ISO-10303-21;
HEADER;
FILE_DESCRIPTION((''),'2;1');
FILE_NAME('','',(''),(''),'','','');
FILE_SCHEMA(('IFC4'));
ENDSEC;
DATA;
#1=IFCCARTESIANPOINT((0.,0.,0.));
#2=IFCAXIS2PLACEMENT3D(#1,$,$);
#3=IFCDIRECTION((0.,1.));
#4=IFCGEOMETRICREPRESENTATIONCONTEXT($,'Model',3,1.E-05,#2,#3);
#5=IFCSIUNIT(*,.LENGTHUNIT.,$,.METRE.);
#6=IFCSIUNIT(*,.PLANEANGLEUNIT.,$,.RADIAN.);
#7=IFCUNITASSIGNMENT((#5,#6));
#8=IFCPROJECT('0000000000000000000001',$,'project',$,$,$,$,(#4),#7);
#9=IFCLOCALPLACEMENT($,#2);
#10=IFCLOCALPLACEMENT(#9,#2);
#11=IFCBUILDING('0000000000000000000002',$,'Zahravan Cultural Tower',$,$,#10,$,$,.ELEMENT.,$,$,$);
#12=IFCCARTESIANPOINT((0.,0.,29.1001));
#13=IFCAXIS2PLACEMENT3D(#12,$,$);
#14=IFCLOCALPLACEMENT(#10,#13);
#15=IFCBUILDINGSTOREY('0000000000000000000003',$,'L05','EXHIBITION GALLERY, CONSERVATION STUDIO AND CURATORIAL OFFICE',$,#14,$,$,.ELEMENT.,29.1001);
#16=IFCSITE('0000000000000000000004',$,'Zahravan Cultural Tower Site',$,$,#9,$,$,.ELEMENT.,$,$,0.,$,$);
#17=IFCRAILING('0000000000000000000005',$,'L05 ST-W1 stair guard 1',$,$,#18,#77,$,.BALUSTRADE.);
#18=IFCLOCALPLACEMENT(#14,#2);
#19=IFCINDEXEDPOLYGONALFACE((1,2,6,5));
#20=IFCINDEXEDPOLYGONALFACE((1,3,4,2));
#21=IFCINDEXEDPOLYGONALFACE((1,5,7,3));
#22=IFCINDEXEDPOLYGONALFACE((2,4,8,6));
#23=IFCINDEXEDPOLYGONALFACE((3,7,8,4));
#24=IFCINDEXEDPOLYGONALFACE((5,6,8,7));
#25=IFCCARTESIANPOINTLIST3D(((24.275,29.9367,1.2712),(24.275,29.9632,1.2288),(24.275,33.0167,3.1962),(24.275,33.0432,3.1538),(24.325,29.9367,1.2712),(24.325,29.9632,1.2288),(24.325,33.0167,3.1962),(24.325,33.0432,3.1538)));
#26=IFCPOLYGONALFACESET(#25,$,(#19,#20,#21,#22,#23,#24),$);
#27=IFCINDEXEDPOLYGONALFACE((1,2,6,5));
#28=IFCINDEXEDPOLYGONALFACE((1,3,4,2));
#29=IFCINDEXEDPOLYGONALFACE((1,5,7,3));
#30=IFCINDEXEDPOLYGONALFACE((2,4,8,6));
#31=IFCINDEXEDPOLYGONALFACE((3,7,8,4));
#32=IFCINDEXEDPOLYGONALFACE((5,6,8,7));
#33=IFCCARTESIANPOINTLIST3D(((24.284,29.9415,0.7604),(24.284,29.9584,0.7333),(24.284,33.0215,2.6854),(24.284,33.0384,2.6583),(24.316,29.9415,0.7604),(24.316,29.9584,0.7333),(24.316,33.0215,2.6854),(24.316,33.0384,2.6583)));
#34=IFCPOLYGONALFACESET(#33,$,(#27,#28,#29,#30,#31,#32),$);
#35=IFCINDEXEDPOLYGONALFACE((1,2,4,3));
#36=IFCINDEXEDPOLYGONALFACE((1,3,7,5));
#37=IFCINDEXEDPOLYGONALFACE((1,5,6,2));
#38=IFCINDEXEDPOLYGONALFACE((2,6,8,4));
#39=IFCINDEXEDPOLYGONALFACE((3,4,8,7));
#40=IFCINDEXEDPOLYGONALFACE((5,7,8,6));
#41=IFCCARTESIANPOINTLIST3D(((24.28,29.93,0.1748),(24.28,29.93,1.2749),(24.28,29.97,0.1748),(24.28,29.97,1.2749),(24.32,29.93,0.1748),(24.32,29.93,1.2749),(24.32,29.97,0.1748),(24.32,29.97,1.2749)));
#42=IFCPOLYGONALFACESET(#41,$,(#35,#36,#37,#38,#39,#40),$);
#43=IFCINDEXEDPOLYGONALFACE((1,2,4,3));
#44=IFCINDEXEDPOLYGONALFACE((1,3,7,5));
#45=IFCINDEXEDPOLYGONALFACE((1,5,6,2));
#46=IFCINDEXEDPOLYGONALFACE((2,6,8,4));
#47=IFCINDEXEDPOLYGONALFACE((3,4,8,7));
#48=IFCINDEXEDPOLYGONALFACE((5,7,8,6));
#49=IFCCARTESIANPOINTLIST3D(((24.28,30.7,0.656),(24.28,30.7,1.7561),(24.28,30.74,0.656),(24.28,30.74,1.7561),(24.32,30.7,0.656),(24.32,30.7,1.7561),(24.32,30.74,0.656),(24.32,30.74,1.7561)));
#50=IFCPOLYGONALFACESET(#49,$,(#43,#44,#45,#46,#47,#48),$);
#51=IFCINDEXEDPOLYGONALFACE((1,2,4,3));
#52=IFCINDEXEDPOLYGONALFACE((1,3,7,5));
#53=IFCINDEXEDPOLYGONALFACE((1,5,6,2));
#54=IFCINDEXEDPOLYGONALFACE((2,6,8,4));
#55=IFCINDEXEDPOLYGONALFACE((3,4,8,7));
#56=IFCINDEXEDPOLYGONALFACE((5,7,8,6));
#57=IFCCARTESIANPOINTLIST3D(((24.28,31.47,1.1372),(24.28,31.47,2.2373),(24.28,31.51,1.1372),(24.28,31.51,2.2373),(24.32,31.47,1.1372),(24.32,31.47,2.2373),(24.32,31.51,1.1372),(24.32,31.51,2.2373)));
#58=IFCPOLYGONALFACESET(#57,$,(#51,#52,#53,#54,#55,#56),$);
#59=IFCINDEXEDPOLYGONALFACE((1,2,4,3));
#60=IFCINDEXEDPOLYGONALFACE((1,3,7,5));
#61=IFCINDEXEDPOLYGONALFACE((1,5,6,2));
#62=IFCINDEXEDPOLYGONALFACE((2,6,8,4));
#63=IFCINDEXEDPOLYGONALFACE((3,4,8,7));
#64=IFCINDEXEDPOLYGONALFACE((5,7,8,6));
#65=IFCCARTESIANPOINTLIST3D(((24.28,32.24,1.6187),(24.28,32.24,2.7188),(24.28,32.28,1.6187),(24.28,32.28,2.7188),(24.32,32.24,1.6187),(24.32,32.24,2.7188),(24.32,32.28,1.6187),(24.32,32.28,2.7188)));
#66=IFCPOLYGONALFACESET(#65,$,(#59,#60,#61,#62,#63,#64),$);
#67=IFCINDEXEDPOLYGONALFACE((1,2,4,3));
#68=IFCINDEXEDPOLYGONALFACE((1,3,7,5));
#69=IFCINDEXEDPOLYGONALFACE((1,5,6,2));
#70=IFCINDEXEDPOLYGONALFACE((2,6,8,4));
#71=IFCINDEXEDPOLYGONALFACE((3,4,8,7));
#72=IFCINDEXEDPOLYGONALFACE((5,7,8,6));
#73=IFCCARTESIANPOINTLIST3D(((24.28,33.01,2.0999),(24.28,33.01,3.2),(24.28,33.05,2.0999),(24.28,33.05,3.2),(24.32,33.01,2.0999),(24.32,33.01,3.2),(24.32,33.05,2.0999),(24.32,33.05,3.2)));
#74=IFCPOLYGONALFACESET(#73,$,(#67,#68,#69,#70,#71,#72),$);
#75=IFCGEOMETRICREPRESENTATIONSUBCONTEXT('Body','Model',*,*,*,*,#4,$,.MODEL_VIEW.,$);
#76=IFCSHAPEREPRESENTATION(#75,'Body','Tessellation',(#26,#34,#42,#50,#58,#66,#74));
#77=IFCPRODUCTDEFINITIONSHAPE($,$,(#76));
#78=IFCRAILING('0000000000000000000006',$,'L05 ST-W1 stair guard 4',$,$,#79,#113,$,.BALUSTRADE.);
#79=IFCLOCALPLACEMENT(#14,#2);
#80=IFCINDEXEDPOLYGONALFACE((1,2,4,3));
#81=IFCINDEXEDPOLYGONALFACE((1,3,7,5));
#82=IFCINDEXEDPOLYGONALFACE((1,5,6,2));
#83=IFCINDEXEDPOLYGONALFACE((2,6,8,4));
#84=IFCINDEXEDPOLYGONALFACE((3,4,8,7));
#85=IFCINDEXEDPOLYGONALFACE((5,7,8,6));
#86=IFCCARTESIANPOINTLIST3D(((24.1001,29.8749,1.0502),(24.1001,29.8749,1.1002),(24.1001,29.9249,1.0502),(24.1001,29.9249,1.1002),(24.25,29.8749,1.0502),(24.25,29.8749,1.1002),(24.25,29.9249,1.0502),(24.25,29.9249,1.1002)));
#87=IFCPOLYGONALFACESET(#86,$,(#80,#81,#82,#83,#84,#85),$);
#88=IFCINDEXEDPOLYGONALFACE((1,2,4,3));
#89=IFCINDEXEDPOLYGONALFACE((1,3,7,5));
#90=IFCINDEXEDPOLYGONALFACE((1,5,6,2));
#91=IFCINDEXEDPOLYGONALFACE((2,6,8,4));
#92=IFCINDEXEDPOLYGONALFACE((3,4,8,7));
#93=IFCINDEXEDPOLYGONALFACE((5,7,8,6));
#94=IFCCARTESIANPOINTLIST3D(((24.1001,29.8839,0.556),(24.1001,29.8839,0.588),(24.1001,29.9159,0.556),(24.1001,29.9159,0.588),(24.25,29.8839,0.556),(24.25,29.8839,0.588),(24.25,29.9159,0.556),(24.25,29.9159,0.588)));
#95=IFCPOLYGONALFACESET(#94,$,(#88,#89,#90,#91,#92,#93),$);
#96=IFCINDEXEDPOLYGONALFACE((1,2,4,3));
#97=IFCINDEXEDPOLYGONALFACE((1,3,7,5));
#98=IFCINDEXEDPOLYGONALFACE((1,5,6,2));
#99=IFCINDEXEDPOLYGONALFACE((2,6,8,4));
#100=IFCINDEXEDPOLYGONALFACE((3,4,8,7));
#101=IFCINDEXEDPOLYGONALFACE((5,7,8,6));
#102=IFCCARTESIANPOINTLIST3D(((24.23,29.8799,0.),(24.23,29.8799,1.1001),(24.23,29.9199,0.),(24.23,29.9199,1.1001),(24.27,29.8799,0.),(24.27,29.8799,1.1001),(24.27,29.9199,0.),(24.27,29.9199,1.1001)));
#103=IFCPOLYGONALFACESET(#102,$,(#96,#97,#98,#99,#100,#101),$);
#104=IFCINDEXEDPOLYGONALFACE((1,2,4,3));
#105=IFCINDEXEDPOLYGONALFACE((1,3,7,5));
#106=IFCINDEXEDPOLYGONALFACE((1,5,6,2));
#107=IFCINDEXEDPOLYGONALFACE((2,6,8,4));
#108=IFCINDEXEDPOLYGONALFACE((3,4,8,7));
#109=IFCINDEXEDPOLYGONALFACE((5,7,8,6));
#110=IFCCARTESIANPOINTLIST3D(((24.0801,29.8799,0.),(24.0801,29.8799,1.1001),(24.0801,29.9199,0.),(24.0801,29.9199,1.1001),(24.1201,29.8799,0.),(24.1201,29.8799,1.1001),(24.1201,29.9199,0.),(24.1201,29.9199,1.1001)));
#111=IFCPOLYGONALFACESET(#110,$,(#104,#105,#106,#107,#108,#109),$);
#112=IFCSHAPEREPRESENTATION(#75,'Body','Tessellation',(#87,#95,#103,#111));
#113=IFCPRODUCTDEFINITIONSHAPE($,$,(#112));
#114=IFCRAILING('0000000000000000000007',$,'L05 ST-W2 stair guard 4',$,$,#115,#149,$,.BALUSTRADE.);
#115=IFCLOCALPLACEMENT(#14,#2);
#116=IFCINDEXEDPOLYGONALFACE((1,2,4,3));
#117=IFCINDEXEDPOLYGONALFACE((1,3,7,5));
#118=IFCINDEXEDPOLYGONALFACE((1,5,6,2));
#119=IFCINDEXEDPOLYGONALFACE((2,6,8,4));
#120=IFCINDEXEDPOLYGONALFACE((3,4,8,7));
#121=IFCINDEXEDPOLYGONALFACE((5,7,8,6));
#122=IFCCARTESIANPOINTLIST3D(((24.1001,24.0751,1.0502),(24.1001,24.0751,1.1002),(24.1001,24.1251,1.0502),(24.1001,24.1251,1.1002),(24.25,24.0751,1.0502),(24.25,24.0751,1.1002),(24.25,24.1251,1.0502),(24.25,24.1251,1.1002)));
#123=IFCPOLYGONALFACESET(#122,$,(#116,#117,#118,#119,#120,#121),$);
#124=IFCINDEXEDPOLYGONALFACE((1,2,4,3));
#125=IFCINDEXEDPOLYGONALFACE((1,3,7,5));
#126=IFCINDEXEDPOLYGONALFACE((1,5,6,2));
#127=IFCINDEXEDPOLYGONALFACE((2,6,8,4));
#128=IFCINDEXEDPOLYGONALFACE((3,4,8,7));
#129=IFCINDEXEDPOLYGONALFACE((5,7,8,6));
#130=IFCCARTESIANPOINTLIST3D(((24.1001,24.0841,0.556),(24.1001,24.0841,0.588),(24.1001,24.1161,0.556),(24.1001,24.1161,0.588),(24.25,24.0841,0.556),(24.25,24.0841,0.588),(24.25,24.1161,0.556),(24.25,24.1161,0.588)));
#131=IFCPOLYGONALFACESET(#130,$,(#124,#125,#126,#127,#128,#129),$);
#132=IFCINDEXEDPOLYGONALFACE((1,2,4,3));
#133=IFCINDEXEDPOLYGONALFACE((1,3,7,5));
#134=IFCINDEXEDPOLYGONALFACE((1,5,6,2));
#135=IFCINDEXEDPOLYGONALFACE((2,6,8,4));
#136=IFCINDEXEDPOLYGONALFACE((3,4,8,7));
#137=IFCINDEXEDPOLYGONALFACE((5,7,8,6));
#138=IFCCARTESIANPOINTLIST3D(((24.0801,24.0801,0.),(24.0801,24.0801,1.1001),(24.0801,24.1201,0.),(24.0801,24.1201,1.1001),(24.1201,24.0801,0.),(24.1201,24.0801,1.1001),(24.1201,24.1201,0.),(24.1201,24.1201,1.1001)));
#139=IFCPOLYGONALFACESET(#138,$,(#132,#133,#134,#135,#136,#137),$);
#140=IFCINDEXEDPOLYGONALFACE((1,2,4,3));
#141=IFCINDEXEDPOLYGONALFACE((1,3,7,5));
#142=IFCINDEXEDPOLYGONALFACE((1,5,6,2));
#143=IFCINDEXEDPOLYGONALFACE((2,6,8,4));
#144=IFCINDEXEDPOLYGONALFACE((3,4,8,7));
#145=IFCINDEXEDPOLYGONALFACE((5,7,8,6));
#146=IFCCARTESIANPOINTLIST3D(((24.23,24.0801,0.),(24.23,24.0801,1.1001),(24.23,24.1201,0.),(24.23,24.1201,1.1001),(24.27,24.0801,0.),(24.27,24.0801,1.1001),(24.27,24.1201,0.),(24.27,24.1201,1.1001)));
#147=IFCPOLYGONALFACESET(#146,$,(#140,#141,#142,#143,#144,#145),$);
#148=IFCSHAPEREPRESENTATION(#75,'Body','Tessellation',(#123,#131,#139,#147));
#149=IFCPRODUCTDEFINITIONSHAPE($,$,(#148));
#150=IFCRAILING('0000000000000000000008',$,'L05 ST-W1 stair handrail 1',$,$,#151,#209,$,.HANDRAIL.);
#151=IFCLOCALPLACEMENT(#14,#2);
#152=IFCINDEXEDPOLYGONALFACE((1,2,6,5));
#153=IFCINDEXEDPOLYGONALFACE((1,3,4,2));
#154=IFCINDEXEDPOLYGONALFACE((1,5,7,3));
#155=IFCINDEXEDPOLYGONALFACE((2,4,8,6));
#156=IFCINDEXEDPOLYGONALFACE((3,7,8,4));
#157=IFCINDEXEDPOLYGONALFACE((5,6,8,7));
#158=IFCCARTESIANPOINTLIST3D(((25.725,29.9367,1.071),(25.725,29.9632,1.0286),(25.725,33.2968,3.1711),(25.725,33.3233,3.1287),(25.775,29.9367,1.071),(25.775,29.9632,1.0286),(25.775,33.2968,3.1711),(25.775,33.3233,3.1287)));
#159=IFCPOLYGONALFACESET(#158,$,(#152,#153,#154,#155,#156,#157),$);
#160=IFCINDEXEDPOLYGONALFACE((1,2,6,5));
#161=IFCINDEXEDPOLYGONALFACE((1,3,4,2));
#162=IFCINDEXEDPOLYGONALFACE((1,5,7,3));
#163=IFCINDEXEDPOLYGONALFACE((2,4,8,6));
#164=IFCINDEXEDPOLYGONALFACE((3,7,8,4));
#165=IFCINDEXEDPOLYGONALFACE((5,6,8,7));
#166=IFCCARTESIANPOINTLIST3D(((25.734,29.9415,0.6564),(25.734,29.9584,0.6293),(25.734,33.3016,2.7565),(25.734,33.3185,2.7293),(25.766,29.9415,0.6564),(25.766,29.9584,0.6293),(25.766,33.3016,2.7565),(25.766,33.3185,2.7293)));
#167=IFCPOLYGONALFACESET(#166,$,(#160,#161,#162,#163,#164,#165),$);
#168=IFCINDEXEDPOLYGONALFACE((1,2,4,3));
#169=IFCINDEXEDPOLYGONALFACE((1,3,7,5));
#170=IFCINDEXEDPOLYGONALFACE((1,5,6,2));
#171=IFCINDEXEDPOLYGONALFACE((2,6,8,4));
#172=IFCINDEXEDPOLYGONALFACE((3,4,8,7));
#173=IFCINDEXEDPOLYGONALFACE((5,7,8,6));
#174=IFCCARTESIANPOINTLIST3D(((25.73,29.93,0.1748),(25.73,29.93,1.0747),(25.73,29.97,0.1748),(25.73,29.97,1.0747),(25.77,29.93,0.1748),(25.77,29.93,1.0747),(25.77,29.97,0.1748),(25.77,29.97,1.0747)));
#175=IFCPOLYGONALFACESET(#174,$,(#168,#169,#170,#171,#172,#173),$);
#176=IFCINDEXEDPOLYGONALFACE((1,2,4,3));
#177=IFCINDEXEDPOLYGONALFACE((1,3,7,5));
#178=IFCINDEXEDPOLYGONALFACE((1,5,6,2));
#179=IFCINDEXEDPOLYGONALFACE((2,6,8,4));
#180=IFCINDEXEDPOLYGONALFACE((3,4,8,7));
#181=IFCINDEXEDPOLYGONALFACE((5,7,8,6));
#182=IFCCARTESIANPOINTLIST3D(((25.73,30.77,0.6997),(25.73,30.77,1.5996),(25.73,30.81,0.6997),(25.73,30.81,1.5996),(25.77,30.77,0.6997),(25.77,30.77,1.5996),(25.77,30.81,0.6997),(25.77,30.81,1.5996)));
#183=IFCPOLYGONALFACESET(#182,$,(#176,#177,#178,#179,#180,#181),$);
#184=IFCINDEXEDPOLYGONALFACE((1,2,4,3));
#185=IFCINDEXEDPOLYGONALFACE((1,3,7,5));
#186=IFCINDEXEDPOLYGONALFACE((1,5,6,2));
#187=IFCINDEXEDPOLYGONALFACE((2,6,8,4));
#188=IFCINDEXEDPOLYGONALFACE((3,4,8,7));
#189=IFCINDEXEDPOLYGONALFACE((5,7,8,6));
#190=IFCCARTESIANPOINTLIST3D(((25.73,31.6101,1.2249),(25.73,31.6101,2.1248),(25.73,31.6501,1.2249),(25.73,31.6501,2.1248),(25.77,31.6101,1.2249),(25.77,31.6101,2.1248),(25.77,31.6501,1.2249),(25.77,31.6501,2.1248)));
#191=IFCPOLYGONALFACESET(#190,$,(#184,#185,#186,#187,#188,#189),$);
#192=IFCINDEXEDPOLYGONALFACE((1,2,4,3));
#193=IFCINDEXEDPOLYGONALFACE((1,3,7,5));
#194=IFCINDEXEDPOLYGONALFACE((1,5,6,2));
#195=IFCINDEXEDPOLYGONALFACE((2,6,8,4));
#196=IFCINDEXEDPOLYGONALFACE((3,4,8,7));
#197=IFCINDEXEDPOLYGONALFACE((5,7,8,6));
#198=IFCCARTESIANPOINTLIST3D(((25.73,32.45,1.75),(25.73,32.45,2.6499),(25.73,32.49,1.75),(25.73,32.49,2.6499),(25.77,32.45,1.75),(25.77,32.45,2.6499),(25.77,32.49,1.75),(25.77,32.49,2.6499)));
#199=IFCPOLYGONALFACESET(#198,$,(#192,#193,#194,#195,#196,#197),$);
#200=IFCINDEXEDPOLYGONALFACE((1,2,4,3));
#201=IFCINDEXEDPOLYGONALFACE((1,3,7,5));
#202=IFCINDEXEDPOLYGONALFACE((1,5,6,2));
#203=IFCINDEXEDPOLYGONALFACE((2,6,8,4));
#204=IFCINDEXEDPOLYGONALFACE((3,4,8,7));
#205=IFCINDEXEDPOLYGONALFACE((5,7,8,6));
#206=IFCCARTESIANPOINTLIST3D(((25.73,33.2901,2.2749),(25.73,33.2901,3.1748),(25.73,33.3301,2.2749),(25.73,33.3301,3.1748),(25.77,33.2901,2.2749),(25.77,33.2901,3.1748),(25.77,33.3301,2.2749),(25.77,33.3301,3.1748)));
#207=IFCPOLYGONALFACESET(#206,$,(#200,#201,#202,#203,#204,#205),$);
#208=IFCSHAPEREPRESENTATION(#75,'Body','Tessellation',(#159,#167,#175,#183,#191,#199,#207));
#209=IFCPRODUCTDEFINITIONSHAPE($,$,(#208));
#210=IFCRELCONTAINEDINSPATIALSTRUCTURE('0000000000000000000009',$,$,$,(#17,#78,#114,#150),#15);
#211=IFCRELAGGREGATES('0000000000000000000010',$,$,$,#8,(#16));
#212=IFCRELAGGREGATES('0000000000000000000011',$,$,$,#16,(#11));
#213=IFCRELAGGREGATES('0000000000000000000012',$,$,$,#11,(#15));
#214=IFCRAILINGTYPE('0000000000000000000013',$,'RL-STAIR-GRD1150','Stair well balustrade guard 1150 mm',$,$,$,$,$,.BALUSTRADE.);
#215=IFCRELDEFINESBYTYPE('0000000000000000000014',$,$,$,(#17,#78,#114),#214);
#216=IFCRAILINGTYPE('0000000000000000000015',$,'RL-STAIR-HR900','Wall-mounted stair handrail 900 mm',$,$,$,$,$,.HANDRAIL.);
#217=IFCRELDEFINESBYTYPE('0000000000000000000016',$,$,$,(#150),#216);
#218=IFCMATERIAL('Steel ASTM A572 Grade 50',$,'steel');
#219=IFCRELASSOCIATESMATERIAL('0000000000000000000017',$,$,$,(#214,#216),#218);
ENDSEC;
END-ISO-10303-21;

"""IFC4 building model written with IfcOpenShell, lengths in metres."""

from ifc_helpers import new_model, si_unit, direction, frame, origin, origin_2d, place, context, subcontext, project, spatial, rectangle, extrude, material, type_object, element, save


model = new_model("IFC4")

# Units and contexts
model_context = context("Model", 3, precision=1e-05, world=origin(), true_north=direction((0.0, 1.0)))
body_context = subcontext(model_context, "Body", "Model", "MODEL_VIEW")
ifc_project = project(units=[si_unit("LENGTHUNIT", "METRE"), si_unit("PLANEANGLEUNIT", "RADIAN")], contexts=[model_context])

# Site, building, storey
site_placement = place(None, origin())
site = spatial("IfcSite", under=ifc_project, at=site_placement, Name="Zahravan Cultural Tower Site", CompositionType="ELEMENT", RefElevation=0.0)
building_placement = place(site_placement, origin())
building = spatial("IfcBuilding", under=site, at=building_placement, Name="Zahravan Cultural Tower", CompositionType="ELEMENT")
storey_placement = place(building_placement, frame((0.0, 0.0, 29.1001)))
storey = spatial("IfcBuildingStorey", under=building, at=storey_placement, Name="L05", Description="EXHIBITION GALLERY, CONSERVATION STUDIO AND CURATORIAL OFFICE", CompositionType="ELEMENT", Elevation=29.1001)

# Shared definitions
ifc_material_1 = material(Name="Steel ASTM A572 Grade 50", Category="steel")

# Railings
railing_type_1 = type_object("IfcRailingType", Name="RL-STAIR-GRD1150", Description="Stair well balustrade guard 1150 mm", PredefinedType="BALUSTRADE", material=ifc_material_1)
railing_1_placement = place(storey_placement, frame((24.3, 29.95, 0.1748)))
element("IfcRailing", 1, at=railing_1_placement, inside=storey, type_object=railing_type_1, Name="L05 ST-W1 stair guard 1", PredefinedType="BALUSTRADE", context=body_context, shape_type="SweptSolid", body=[
    extrude(rectangle(XDim=0.05, YDim=0.05, at=origin_2d()), frame((0.0, 0.0, 1.0752), z_axis=(0.0, 0.847998, 0.529999), x_axis=(-1.0, 0.0, 0.0)), (0.0, 0.0, 1.0), 3.6321),
    extrude(rectangle(XDim=0.032, YDim=0.032, at=origin_2d()), frame((0.0, 0.0, 0.572), z_axis=(0.0, 0.847998, 0.529999), x_axis=(-1.0, 0.0, 0.0)), (0.0, 0.0, 1.0), 3.6321),
    extrude(rectangle(XDim=0.04, YDim=0.04, at=origin_2d()), origin(), (0.0, 0.0, 1.0), 1.1001),
    extrude(rectangle(XDim=0.04, YDim=0.04, at=origin_2d()), frame((0.0, 0.77, 0.4812)), (0.0, 0.0, 1.0), 1.1001),
    extrude(rectangle(XDim=0.04, YDim=0.04, at=origin_2d()), frame((0.0, 1.54, 0.9624)), (0.0, 0.0, 1.0), 1.1001),
    extrude(rectangle(XDim=0.04, YDim=0.04, at=origin_2d()), frame((0.0, 2.3101, 1.4438)), (0.0, 0.0, 1.0), 1.1001),
    extrude(rectangle(XDim=0.04, YDim=0.04, at=origin_2d()), frame((0.0, 3.0801, 1.925)), (0.0, 0.0, 1.0), 1.1001),
])
railing_2_placement = place(storey_placement, frame((24.25, 29.8999, 0.0)))
element("IfcRailing", 2, at=railing_2_placement, inside=storey, type_object=railing_type_1, Name="L05 ST-W1 stair guard 4", PredefinedType="BALUSTRADE", context=body_context, shape_type="SweptSolid", body=[
    extrude(rectangle(XDim=0.05, YDim=0.05, at=origin_2d()), frame((0.0, 0.0, 1.0752), z_axis=(-1.0, 0.0, 0.0), x_axis=(0.0, -1.0, 0.0)), (0.0, 0.0, 1.0), 0.1499),
    extrude(rectangle(XDim=0.032, YDim=0.032, at=origin_2d()), frame((0.0, 0.0, 0.572), z_axis=(-1.0, 0.0, 0.0), x_axis=(0.0, -1.0, 0.0)), (0.0, 0.0, 1.0), 0.1499),
    extrude(rectangle(XDim=0.04, YDim=0.04, at=origin_2d()), origin(), (0.0, 0.0, 1.0), 1.1001),
    extrude(rectangle(XDim=0.04, YDim=0.04, at=origin_2d()), frame((-0.1499, 0.0, 0.0)), (0.0, 0.0, 1.0), 1.1001),
])
railing_3_placement = place(storey_placement, frame((24.1001, 24.1001, 0.0)))
element("IfcRailing", 3, at=railing_3_placement, inside=storey, type_object=railing_type_1, Name="L05 ST-W2 stair guard 4", PredefinedType="BALUSTRADE", context=body_context, shape_type="SweptSolid", body=[
    extrude(rectangle(XDim=0.05, YDim=0.05, at=origin_2d()), frame((0.0, 0.0, 1.0752), z_axis=(1.0, 0.0, 0.0), x_axis=(0.0, 1.0, 0.0)), (0.0, 0.0, 1.0), 0.1499),
    extrude(rectangle(XDim=0.032, YDim=0.032, at=origin_2d()), frame((0.0, 0.0, 0.572), z_axis=(1.0, 0.0, 0.0), x_axis=(0.0, 1.0, 0.0)), (0.0, 0.0, 1.0), 0.1499),
    extrude(rectangle(XDim=0.04, YDim=0.04, at=origin_2d()), origin(), (0.0, 0.0, 1.0), 1.1001),
    extrude(rectangle(XDim=0.04, YDim=0.04, at=origin_2d()), frame((0.1499, 0.0, 0.0)), (0.0, 0.0, 1.0), 1.1001),
])
railing_type_2 = type_object("IfcRailingType", Name="RL-STAIR-HR900", Description="Wall-mounted stair handrail 900 mm", PredefinedType="HANDRAIL", material=ifc_material_1)
railing_4_placement = place(storey_placement, frame((25.75, 29.95, 0.1748)))
element("IfcRailing", 4, at=railing_4_placement, inside=storey, type_object=railing_type_2, Name="L05 ST-W1 stair handrail 1", PredefinedType="HANDRAIL", context=body_context, shape_type="SweptSolid", body=[
    extrude(rectangle(XDim=0.05, YDim=0.05, at=origin_2d()), frame((0.0, 0.0, 0.875), z_axis=(0.0, 0.847995, 0.530004), x_axis=(-1.0, 0.0, 0.0)), (0.0, 0.0, 1.0), 3.9624),
    extrude(rectangle(XDim=0.032, YDim=0.032, at=origin_2d()), frame((0.0, 0.0, 0.468), z_axis=(0.0, 0.847995, 0.530004), x_axis=(-1.0, 0.0, 0.0)), (0.0, 0.0, 1.0), 3.9624),
    extrude(rectangle(XDim=0.04, YDim=0.04, at=origin_2d()), origin(), (0.0, 0.0, 1.0), 0.8999),
    extrude(rectangle(XDim=0.04, YDim=0.04, at=origin_2d()), frame((0.0, 0.8401, 0.5249)), (0.0, 0.0, 1.0), 0.8999),
    extrude(rectangle(XDim=0.04, YDim=0.04, at=origin_2d()), frame((0.0, 1.6802, 1.05)), (0.0, 0.0, 1.0), 0.8999),
    extrude(rectangle(XDim=0.04, YDim=0.04, at=origin_2d()), frame((0.0, 2.52, 1.5752)), (0.0, 0.0, 1.0), 0.8999),
    extrude(rectangle(XDim=0.04, YDim=0.04, at=origin_2d()), frame((0.0, 3.3601, 2.1001)), (0.0, 0.0, 1.0), 0.8999),
])

save(model, "model.ifc")
